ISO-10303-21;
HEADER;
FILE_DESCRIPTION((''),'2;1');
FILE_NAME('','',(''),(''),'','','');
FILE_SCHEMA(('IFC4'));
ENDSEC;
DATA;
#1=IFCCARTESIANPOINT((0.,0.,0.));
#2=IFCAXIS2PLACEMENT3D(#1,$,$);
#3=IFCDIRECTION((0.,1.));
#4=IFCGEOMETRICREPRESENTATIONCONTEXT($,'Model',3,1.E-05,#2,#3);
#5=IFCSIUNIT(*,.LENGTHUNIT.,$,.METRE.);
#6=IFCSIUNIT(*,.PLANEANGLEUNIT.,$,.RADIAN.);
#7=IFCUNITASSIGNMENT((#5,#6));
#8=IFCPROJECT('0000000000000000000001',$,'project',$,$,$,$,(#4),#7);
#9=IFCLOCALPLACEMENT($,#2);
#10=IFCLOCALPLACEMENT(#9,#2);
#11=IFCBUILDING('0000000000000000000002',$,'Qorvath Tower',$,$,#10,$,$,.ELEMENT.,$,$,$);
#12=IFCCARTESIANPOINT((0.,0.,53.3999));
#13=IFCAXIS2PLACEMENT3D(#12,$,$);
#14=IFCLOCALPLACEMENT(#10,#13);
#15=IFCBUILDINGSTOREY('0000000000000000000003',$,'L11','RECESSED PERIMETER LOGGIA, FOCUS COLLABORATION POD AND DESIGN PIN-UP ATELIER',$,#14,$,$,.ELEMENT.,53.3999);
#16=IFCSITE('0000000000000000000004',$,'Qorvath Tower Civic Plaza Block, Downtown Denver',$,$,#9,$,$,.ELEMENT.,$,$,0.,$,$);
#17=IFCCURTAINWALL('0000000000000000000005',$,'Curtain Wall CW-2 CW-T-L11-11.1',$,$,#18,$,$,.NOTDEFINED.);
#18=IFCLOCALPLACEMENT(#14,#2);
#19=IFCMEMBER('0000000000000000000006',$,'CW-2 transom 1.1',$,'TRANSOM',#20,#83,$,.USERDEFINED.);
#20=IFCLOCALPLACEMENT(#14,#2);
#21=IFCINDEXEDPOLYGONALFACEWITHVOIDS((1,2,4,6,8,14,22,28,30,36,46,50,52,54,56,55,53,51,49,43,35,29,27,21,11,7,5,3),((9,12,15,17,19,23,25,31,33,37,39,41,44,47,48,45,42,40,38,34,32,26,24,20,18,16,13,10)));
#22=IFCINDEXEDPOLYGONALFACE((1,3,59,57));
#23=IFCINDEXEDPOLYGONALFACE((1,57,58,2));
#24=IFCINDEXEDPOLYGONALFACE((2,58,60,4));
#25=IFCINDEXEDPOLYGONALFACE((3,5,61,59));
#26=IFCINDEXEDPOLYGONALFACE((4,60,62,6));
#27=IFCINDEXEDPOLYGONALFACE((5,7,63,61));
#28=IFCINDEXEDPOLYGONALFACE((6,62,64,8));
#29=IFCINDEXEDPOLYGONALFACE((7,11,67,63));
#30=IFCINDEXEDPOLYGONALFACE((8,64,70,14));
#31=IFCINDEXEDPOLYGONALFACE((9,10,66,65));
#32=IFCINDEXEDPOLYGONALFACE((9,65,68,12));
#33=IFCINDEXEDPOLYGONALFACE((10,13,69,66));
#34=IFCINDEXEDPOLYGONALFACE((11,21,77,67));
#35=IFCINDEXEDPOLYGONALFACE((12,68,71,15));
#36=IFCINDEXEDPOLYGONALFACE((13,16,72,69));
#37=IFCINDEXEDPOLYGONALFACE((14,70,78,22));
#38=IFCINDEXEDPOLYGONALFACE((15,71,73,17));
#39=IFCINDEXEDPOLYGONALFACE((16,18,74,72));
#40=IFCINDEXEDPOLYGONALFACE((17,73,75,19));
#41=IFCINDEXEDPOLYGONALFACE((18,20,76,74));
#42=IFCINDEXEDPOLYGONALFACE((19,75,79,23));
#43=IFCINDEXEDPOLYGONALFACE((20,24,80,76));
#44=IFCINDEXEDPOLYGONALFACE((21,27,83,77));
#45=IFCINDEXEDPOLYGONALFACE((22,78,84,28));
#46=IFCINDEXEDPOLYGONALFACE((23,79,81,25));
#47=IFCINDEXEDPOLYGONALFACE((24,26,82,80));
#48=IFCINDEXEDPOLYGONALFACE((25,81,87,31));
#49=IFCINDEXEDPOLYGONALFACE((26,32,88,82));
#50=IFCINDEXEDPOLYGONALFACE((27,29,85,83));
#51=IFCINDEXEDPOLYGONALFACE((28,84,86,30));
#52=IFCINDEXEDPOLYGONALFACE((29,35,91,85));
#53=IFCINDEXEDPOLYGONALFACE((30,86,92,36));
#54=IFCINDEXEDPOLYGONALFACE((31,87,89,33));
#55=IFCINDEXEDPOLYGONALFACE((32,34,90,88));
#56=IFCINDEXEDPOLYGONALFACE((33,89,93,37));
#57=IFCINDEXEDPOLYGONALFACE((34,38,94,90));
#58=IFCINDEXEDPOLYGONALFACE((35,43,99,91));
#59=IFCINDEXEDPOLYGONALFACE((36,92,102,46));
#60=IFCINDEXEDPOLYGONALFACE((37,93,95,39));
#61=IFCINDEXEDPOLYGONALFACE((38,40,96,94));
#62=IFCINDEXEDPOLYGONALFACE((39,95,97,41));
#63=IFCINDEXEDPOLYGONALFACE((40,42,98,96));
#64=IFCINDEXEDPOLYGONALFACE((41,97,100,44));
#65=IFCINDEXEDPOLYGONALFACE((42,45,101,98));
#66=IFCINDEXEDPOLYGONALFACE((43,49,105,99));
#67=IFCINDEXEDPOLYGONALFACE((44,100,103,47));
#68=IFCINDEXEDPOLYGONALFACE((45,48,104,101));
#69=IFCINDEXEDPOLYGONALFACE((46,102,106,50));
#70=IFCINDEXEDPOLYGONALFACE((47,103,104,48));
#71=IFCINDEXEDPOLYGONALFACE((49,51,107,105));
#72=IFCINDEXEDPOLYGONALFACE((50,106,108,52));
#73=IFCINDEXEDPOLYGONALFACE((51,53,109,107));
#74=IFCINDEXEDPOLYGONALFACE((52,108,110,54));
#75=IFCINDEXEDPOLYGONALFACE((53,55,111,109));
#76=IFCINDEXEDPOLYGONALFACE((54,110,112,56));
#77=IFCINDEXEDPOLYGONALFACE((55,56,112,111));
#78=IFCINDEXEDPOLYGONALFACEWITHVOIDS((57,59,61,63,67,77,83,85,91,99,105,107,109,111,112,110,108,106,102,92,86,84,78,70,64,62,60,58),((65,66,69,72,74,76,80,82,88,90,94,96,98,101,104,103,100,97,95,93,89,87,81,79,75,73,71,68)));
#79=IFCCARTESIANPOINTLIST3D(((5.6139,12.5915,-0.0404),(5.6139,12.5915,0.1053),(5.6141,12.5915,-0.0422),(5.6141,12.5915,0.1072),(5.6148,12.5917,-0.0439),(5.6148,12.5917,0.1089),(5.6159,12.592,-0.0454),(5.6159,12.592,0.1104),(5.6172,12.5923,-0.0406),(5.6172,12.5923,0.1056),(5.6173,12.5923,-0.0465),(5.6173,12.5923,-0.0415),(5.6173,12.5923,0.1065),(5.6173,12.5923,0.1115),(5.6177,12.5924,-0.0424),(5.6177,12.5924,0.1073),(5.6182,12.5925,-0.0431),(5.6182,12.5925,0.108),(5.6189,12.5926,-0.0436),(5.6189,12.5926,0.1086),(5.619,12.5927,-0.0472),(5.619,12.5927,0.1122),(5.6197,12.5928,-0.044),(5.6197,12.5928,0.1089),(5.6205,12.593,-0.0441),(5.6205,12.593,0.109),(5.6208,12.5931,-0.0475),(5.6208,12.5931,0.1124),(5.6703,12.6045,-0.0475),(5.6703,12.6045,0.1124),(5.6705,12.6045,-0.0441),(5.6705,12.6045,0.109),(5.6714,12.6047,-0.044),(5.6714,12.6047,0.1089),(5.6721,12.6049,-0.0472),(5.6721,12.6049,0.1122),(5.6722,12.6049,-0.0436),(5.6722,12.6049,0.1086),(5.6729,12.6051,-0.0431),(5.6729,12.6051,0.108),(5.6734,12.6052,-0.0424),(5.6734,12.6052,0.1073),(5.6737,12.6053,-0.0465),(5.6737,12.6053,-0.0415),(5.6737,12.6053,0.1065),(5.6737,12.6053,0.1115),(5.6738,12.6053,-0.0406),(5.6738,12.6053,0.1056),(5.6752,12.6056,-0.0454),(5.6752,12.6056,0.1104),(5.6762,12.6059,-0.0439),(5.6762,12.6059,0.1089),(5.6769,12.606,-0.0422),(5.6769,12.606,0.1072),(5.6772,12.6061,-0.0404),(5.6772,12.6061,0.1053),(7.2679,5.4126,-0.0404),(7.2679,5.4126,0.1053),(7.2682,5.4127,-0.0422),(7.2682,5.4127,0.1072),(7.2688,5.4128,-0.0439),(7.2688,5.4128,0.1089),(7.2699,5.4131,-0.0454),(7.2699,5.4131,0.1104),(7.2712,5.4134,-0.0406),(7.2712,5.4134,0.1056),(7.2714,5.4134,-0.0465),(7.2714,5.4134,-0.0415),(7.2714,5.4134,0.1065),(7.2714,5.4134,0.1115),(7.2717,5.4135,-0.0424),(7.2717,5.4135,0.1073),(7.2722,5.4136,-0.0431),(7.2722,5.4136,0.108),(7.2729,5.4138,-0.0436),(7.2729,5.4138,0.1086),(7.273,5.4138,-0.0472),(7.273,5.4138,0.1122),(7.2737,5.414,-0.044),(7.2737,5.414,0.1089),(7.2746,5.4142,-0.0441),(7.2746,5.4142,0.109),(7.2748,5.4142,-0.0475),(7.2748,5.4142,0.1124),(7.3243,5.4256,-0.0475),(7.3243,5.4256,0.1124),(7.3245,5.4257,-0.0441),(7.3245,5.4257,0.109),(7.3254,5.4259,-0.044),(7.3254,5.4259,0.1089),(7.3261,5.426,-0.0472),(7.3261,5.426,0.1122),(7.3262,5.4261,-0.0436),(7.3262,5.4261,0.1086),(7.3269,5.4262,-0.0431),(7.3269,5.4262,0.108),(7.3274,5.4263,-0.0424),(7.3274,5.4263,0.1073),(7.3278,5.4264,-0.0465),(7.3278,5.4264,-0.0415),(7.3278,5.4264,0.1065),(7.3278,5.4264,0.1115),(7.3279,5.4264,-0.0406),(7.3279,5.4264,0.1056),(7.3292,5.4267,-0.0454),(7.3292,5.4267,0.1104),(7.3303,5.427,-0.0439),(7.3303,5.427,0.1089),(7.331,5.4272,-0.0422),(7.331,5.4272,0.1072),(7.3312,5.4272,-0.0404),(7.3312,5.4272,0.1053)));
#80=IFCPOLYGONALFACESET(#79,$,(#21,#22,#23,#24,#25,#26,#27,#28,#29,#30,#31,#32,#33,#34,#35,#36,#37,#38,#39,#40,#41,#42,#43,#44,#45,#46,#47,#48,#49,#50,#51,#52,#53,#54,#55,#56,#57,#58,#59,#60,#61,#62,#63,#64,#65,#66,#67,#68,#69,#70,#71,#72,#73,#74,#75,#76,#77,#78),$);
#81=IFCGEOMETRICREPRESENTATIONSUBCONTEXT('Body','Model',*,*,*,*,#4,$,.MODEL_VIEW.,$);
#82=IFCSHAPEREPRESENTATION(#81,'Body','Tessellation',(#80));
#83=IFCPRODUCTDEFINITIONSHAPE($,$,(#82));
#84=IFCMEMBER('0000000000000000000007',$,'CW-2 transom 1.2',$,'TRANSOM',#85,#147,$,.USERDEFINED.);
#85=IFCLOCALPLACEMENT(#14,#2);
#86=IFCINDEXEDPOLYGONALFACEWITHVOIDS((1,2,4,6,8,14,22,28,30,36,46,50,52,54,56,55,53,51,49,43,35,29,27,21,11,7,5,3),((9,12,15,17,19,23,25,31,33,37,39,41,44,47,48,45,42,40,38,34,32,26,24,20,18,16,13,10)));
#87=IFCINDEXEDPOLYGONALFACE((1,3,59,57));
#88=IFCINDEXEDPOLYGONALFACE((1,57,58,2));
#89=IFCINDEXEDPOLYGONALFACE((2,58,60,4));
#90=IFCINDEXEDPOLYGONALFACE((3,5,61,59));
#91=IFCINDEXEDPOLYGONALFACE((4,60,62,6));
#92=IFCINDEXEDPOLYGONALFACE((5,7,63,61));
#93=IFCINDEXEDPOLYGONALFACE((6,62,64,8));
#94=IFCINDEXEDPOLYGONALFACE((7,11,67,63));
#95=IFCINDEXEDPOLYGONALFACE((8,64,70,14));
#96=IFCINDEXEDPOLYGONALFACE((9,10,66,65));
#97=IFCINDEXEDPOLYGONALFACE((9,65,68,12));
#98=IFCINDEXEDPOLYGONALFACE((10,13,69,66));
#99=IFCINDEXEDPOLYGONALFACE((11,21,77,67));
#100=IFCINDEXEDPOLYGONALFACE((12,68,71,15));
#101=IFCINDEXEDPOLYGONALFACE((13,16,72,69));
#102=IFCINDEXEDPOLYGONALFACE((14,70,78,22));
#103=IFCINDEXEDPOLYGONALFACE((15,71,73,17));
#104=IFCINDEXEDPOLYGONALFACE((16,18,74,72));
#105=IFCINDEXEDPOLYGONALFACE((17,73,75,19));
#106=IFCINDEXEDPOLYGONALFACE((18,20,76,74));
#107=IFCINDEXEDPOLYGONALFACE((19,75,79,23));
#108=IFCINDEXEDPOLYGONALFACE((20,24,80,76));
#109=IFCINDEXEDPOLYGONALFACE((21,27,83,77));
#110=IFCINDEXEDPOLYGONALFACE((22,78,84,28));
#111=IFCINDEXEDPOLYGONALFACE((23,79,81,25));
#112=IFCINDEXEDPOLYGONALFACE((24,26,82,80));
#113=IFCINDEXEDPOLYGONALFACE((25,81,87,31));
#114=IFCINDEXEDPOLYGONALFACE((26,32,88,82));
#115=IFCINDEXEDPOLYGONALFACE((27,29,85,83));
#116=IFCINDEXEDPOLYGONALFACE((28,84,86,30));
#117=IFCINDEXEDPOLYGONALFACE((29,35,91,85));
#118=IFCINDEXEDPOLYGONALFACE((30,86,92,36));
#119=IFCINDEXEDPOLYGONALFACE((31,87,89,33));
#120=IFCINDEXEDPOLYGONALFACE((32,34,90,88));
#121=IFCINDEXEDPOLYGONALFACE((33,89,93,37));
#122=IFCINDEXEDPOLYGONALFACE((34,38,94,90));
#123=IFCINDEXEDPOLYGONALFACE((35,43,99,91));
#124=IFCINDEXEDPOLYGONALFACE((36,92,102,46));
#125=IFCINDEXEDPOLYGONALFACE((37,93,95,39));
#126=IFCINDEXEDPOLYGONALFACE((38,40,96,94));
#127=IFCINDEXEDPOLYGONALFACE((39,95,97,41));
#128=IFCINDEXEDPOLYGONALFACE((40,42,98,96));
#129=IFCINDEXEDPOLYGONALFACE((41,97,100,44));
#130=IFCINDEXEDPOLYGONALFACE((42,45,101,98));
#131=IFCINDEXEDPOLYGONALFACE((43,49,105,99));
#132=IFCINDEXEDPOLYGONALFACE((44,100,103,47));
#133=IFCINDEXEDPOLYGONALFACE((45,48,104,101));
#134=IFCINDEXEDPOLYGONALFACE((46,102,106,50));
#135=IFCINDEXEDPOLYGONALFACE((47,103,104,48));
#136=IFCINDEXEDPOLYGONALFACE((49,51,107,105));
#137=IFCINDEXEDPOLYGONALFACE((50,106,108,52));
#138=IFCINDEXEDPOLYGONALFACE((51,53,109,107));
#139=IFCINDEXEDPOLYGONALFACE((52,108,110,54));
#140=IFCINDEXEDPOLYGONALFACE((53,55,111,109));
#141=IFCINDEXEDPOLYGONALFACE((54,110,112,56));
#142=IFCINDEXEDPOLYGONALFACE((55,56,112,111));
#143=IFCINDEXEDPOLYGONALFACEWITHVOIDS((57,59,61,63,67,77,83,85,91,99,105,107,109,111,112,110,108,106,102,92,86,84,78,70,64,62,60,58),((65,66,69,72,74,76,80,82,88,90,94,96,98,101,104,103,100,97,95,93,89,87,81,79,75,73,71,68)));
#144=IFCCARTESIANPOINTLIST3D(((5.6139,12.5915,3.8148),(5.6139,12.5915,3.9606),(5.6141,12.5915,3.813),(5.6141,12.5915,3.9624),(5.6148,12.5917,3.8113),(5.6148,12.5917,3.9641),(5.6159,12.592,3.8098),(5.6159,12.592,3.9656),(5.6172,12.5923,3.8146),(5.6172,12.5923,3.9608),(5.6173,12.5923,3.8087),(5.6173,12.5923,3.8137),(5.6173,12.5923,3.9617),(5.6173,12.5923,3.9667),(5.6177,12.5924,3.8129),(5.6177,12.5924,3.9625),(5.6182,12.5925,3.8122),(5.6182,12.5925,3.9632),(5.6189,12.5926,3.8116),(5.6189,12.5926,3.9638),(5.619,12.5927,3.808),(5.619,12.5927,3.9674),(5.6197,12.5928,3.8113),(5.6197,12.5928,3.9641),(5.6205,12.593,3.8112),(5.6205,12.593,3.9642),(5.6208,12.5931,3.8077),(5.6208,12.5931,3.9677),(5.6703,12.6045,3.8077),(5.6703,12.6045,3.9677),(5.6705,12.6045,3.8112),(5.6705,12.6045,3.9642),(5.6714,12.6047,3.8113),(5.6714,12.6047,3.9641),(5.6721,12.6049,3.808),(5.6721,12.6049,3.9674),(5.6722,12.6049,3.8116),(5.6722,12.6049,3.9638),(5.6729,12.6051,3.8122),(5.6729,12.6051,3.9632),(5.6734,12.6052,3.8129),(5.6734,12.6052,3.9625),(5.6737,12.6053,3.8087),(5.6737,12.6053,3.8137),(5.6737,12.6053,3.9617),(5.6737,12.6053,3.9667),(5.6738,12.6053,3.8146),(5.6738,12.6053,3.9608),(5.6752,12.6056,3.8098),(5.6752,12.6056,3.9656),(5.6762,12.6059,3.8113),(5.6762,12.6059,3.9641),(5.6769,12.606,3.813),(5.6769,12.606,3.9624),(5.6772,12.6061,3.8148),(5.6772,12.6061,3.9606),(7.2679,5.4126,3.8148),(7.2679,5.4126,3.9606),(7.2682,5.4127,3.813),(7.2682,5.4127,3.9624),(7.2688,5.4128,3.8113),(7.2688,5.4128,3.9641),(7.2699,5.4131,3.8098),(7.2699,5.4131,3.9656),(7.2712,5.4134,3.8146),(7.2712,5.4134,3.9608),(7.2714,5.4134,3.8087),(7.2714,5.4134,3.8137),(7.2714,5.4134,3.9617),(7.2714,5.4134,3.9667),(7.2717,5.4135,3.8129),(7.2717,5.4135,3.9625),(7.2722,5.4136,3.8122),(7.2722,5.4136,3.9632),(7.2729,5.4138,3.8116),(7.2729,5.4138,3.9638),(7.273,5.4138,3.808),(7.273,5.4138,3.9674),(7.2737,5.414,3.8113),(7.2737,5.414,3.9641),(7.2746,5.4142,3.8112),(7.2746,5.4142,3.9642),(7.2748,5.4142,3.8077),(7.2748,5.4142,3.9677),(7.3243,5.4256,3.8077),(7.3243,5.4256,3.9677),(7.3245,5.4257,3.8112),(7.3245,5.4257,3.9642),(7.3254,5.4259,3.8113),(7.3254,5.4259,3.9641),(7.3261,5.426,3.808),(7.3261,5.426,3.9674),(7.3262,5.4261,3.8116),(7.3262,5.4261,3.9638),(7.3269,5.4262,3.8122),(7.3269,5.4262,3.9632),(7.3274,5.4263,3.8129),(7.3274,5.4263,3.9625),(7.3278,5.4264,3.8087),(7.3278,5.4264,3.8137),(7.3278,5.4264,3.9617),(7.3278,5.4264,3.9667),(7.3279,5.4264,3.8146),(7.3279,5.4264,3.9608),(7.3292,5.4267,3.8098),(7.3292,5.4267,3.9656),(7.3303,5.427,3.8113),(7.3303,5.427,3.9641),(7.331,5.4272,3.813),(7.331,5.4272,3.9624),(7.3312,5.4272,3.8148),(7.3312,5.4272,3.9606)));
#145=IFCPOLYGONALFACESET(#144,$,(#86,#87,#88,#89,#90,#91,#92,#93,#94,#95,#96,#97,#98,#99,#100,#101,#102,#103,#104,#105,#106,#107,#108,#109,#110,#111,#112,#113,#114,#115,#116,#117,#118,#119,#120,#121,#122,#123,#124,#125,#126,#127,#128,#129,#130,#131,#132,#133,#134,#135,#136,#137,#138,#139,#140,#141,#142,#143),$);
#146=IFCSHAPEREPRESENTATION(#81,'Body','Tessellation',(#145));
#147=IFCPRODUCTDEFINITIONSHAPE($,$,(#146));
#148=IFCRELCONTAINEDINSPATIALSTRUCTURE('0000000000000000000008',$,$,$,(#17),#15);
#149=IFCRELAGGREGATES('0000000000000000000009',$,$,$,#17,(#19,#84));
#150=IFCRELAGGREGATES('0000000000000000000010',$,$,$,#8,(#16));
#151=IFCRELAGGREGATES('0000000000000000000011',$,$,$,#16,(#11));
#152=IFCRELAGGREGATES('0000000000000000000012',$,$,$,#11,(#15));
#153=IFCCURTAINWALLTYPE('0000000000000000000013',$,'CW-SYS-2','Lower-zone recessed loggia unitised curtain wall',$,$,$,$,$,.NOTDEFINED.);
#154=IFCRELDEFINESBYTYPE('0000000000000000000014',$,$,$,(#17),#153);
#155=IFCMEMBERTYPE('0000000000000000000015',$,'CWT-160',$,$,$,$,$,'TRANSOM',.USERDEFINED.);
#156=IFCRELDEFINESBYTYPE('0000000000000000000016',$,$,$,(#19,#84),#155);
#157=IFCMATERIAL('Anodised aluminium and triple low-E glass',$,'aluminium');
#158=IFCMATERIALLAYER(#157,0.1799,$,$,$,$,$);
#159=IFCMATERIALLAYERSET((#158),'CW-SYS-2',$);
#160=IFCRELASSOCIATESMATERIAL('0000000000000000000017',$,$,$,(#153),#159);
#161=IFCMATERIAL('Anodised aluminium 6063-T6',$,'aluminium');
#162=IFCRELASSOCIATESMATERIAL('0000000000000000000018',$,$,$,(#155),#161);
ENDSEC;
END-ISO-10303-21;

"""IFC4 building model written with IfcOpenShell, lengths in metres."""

from ifc_helpers import new_model, si_unit, direction, frame, origin, origin_2d, place, context, subcontext, project, spatial, hollow_rectangle, extrude, material, layer, layer_set, material_profile, profile_set, type_object, element, aggregate, save


model = new_model("IFC4")

# Units and contexts
model_context = context("Model", 3, precision=1e-05, world=origin(), true_north=direction((0.0, 1.0)))
body_context = subcontext(model_context, "Body", "Model", "MODEL_VIEW")
ifc_project = project(units=[si_unit("LENGTHUNIT", "METRE"), si_unit("PLANEANGLEUNIT", "RADIAN")], contexts=[model_context])

# Site, building, storey
site_placement = place(None, origin())
site = spatial("IfcSite", under=ifc_project, at=site_placement, Name="Qorvath Tower Civic Plaza Block, Downtown Denver", CompositionType="ELEMENT", RefElevation=0.0)
building_placement = place(site_placement, origin())
building = spatial("IfcBuilding", under=site, at=building_placement, Name="Qorvath Tower", CompositionType="ELEMENT")
storey_placement = place(building_placement, frame((0.0, 0.0, 53.3999)))
storey = spatial("IfcBuildingStorey", under=building, at=storey_placement, Name="L11", Description="RECESSED PERIMETER LOGGIA, FOCUS COLLABORATION POD AND DESIGN PIN-UP ATELIER", CompositionType="ELEMENT", Elevation=53.3999)

# Curtain wall
ifc_material_1 = material(Name="Anodised aluminium and triple low-E glass", Category="aluminium")
ifc_layer_1 = layer(ifc_material_1, 0.1799)
ifc_layer_set_1 = layer_set([ifc_layer_1], Name="CW-SYS-2")
curtain_wall_type = type_object("IfcCurtainWallType", Name="CW-SYS-2", Description="Lower-zone recessed loggia unitised curtain wall", PredefinedType="NOTDEFINED", material=ifc_layer_set_1)
curtain_wall_1_placement = place(storey_placement, origin())
curtain_wall_1 = element("IfcCurtainWall", 1, at=curtain_wall_1_placement, inside=storey, type_object=curtain_wall_type, Name="Curtain Wall CW-2 CW-T-L11-11.1", PredefinedType="NOTDEFINED")

# Members
ifc_material_2 = material(Name="Anodised aluminium 6063-T6", Category="aluminium")
ifc_material_profile_1 = material_profile(ifc_material_2, hollow_rectangle(XDim=0.0649, YDim=0.1599, WallThickness=0.0034, InnerFilletRadius=0.0034, OuterFilletRadius=0.0071, at=origin_2d()), Name="CWT 160x65")
ifc_profile_set_1 = profile_set([ifc_material_profile_1], Name="Anodised aluminium 6063-T6")
member_type_1 = type_object("IfcMemberType", Name="CWT-160", ElementType="TRANSOM", PredefinedType="USERDEFINED", material=ifc_profile_set_1)
member_1_placement = place(storey_placement, frame((7.2996, 5.4199, 0.0325), z_axis=(-0.224521, 0.974469, 0.0), x_axis=(-0.974469, -0.224521, 0.0)))
member_1 = element("IfcMember", 2, at=member_1_placement, type_object=member_type_1, Name="CW-2 transom 1.1", ObjectType="TRANSOM", PredefinedType="USERDEFINED", context=body_context, shape_type="SweptSolid", body=[
    extrude(hollow_rectangle(XDim=0.0649, YDim=0.1599, WallThickness=0.0034, InnerFilletRadius=0.0034, OuterFilletRadius=0.0071, at=origin_2d()), origin(), (0.0, 0.0, 1.0), 7.3669),
])
member_2_placement = place(storey_placement, frame((7.2996, 5.4199, 3.8877), z_axis=(-0.224521, 0.974469, 0.0), x_axis=(-0.974469, -0.224521, 0.0)))
member_2 = element("IfcMember", 3, at=member_2_placement, type_object=member_type_1, Name="CW-2 transom 1.2", ObjectType="TRANSOM", PredefinedType="USERDEFINED", context=body_context, shape_type="SweptSolid", body=[
    extrude(hollow_rectangle(XDim=0.0649, YDim=0.1599, WallThickness=0.0034, InnerFilletRadius=0.0034, OuterFilletRadius=0.0071, at=origin_2d()), origin(), (0.0, 0.0, 1.0), 7.3669),
])

aggregate(curtain_wall_1, [member_1, member_2])

save(model, "model.ifc")
